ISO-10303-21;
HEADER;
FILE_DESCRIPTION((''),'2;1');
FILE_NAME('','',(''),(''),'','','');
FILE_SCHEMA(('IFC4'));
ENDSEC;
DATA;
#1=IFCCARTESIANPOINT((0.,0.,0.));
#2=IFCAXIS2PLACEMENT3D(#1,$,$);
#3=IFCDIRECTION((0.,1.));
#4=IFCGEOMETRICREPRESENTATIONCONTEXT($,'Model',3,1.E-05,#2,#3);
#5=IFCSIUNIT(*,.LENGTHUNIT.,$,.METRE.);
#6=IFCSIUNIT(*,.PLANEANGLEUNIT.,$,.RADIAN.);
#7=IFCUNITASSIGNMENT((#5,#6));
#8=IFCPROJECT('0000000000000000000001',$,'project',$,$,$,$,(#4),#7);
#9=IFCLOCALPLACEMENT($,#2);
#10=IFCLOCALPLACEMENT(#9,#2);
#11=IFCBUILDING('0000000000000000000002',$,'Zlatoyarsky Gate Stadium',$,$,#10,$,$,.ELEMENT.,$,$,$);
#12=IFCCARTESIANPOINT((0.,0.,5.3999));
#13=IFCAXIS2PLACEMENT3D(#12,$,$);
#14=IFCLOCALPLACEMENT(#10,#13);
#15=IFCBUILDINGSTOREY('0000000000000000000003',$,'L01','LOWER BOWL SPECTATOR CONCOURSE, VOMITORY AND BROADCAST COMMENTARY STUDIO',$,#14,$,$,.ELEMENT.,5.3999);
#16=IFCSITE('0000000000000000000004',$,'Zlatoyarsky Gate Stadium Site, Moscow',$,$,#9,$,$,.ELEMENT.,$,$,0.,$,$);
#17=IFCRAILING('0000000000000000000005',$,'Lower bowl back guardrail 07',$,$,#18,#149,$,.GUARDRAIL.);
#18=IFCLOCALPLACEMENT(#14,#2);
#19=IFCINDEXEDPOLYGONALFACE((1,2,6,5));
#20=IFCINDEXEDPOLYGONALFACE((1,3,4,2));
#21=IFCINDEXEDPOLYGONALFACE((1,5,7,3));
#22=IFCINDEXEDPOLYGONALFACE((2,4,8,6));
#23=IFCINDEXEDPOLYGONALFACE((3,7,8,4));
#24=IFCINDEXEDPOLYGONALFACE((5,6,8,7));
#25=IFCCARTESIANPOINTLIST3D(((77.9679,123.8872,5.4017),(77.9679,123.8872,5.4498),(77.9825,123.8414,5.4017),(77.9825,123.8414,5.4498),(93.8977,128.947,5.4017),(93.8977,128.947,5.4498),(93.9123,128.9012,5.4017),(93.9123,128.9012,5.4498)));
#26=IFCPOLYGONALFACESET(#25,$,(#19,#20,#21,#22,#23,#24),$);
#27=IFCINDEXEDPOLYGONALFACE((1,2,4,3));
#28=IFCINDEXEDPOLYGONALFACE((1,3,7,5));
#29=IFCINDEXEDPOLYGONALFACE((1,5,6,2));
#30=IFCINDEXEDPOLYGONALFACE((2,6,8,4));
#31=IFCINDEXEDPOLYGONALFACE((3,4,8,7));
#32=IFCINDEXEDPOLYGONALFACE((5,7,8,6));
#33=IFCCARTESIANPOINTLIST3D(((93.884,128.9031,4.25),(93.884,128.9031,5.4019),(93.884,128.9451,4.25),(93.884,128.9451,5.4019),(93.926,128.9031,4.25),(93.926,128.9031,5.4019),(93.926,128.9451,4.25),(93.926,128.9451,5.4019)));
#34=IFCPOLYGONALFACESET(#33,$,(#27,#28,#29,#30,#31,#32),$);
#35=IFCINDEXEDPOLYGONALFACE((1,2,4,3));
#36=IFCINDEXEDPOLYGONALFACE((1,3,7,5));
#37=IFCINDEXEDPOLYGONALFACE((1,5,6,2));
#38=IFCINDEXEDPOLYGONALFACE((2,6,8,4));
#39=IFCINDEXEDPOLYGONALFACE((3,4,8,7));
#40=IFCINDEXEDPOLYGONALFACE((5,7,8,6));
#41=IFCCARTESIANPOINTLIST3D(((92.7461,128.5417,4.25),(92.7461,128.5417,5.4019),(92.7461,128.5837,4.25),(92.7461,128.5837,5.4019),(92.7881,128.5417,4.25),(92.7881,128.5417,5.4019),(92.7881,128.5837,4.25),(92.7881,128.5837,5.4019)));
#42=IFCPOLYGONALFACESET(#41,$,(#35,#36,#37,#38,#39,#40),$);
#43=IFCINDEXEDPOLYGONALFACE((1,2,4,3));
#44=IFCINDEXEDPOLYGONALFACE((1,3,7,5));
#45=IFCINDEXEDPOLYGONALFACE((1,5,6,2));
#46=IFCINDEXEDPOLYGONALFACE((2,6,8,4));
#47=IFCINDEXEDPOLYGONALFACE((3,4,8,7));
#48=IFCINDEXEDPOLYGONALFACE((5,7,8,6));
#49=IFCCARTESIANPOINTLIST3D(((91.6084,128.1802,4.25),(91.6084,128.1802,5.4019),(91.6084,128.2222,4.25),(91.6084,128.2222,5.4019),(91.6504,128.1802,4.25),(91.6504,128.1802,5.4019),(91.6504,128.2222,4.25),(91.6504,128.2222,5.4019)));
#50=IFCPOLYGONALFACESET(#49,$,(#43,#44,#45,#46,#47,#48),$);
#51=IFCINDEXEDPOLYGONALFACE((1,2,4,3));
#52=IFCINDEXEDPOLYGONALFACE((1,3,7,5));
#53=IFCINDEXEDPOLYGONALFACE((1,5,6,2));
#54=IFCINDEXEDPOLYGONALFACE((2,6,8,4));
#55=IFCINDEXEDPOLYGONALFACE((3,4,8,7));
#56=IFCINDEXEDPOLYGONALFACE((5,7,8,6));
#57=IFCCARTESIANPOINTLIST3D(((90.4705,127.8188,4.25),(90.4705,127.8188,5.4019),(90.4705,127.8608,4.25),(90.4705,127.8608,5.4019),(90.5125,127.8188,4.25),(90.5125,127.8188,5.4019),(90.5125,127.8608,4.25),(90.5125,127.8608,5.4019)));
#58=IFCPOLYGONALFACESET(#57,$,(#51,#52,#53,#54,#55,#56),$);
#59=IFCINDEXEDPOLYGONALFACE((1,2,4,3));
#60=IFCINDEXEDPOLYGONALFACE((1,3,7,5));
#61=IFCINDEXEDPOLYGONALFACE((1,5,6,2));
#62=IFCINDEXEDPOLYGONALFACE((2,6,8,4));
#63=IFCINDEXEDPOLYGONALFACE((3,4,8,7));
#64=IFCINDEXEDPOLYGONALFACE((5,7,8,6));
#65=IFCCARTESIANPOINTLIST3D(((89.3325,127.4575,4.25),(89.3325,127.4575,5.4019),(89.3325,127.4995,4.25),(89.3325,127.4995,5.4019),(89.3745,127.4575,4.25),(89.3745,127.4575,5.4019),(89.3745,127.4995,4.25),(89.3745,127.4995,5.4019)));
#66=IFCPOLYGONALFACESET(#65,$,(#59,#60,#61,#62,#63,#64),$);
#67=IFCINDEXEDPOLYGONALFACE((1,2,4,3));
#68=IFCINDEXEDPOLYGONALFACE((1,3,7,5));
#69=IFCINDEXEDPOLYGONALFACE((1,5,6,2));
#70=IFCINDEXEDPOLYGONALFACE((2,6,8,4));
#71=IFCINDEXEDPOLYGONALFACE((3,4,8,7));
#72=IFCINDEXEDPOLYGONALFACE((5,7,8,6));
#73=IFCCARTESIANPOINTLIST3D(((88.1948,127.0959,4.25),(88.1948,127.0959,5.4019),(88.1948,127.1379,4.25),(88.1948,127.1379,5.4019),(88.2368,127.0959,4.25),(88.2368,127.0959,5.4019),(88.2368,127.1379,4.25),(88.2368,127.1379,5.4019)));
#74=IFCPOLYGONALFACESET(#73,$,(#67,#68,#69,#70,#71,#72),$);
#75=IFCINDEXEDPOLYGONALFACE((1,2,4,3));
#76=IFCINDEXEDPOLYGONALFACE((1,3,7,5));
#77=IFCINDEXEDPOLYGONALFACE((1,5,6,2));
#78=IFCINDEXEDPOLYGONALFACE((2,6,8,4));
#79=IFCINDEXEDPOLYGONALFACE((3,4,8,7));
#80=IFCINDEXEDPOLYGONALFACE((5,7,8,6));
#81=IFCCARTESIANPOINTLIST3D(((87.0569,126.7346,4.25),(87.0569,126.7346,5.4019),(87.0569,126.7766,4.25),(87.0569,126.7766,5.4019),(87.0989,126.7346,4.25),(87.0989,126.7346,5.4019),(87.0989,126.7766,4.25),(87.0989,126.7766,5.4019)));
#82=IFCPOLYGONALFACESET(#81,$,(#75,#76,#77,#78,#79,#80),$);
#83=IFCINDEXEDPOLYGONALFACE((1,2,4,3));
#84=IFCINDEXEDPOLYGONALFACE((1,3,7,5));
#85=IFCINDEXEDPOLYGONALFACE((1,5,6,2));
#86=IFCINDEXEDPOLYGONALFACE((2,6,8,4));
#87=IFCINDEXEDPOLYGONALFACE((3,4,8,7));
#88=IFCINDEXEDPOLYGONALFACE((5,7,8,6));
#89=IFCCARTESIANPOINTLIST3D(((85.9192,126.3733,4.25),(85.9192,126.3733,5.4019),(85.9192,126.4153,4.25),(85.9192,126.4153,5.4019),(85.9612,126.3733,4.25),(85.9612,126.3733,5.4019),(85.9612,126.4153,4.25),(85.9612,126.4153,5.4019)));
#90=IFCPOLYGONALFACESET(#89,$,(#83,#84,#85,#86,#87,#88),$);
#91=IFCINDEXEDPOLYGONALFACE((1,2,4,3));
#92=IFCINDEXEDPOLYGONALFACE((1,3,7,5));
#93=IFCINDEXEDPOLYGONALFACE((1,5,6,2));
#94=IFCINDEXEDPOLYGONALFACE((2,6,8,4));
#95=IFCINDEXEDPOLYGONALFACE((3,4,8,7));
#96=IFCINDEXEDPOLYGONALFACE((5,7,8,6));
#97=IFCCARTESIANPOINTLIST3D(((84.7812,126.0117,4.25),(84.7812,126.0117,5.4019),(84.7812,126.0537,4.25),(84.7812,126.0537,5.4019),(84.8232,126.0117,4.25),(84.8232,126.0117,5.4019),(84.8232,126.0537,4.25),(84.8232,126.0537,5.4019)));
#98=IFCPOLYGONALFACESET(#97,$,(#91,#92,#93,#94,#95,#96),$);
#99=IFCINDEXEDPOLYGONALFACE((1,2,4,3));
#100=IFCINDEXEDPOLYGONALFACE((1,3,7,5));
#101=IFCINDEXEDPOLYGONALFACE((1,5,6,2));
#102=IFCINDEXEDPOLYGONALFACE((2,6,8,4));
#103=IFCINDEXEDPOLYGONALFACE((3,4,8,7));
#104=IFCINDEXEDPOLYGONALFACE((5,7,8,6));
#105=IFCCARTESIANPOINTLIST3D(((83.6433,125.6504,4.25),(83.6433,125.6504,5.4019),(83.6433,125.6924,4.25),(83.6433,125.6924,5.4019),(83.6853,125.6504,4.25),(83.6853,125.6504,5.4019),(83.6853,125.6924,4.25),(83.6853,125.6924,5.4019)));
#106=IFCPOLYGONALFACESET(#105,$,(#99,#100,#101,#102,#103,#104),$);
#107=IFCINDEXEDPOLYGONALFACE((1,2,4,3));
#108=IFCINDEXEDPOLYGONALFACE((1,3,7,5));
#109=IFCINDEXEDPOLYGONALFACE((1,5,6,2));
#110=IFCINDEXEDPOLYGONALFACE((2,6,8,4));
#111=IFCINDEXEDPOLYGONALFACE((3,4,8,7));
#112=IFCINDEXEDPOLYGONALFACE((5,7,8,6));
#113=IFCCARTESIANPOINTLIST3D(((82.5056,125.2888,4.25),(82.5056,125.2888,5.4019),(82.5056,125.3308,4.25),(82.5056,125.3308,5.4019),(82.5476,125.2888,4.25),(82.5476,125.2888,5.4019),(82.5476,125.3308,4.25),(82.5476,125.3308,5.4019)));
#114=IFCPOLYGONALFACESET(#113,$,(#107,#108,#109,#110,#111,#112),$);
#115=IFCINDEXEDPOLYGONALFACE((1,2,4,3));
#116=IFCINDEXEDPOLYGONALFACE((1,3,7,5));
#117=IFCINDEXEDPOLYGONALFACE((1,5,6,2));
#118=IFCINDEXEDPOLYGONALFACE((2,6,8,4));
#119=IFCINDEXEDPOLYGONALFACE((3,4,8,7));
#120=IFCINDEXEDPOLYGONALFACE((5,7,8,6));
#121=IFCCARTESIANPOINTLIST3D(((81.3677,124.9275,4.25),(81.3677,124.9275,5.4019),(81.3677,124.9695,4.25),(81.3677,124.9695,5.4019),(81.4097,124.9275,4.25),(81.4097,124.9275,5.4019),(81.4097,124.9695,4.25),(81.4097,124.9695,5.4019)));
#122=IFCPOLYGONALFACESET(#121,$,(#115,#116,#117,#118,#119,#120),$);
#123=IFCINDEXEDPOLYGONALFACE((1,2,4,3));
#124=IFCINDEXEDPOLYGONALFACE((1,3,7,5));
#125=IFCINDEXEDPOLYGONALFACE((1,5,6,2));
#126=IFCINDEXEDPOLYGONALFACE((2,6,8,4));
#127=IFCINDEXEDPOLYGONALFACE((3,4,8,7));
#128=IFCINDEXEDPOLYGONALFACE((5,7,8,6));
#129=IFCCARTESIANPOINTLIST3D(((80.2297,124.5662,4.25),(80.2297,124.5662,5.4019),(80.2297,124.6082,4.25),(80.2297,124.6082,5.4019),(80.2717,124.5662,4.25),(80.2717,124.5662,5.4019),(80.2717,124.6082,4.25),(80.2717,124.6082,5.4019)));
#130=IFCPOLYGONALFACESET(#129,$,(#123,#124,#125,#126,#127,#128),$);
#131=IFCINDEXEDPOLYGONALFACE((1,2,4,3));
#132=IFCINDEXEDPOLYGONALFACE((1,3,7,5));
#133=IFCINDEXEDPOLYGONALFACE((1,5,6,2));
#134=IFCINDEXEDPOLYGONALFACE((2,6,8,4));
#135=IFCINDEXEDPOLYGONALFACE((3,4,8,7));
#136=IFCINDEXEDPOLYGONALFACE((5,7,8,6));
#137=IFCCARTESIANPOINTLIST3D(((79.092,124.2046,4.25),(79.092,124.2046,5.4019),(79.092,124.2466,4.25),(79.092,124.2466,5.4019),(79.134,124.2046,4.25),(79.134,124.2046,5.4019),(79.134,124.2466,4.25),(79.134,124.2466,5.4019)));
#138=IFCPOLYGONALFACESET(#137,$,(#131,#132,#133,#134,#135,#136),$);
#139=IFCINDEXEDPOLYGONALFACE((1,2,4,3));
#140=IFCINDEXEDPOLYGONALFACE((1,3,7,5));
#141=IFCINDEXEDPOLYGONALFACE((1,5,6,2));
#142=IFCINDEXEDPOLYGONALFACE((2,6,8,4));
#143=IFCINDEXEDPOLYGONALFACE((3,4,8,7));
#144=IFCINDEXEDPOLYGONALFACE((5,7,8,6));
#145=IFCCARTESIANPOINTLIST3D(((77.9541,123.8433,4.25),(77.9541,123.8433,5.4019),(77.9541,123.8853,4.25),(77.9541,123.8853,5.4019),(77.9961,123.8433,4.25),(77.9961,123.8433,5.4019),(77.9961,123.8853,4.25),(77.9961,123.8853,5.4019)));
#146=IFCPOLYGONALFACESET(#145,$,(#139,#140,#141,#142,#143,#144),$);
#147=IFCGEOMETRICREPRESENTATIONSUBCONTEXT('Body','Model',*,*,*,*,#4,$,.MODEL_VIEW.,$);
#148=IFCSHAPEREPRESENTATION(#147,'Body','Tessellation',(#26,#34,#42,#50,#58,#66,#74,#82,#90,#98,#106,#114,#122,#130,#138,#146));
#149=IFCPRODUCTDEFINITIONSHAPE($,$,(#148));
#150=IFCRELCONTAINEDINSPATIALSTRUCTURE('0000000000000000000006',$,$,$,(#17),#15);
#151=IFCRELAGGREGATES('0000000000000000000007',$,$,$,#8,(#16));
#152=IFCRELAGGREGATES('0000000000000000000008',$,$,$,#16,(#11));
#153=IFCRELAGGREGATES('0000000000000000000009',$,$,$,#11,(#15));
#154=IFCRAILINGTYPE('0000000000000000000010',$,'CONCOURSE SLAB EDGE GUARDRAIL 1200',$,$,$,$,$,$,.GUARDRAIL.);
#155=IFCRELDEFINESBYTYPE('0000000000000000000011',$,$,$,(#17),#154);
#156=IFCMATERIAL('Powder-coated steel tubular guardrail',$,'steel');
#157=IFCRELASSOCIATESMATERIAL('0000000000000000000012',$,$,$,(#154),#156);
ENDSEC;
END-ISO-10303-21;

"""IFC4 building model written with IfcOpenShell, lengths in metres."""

from ifc_helpers import new_model, si_unit, direction, frame, origin, origin_2d, place, context, subcontext, project, spatial, rectangle, extrude, material, type_object, element, save


model = new_model("IFC4")

# Units and contexts
model_context = context("Model", 3, precision=1e-05, world=origin(), true_north=direction((0.0, 1.0)))
body_context = subcontext(model_context, "Body", "Model", "MODEL_VIEW")
ifc_project = project(units=[si_unit("LENGTHUNIT", "METRE"), si_unit("PLANEANGLEUNIT", "RADIAN")], contexts=[model_context])

# Site, building, storey
site_placement = place(None, origin())
site = spatial("IfcSite", under=ifc_project, at=site_placement, Name="Zlatoyarsky Gate Stadium Site, Moscow", CompositionType="ELEMENT", RefElevation=0.0)
building_placement = place(site_placement, origin())
building = spatial("IfcBuilding", under=site, at=building_placement, Name="Zlatoyarsky Gate Stadium", CompositionType="ELEMENT")
storey_placement = place(building_placement, frame((0.0, 0.0, 5.3999)))
storey = spatial("IfcBuildingStorey", under=building, at=storey_placement, Name="L01", Description="LOWER BOWL SPECTATOR CONCOURSE, VOMITORY AND BROADCAST COMMENTARY STUDIO", CompositionType="ELEMENT", Elevation=5.3999)

# Railing
ifc_material_1 = material(Name="Powder-coated steel tubular guardrail", Category="steel")
railing_type_1 = type_object("IfcRailingType", Name="CONCOURSE SLAB EDGE GUARDRAIL 1200", PredefinedType="GUARDRAIL", material=ifc_material_1)
railing_1_placement = place(storey_placement, frame((93.905, 128.9241, 4.25)))
element("IfcRailing", 1, at=railing_1_placement, inside=storey, type_object=railing_type_1, Name="Lower bowl back guardrail 07", PredefinedType="GUARDRAIL", context=body_context, shape_type="SweptSolid", body=[
    extrude(rectangle(XDim=0.0481, YDim=0.0481, at=origin_2d()), frame((0.0, 0.0, 1.1758), z_axis=(-0.953078, -0.302726, 0.0), x_axis=(0.302726, -0.953078, 0.0)), (0.0, 0.0, 1.0), 16.7141),
    extrude(rectangle(XDim=0.042, YDim=0.042, at=origin_2d()), origin(), (0.0, 0.0, 1.0), 1.1519),
    extrude(rectangle(XDim=0.042, YDim=0.042, at=origin_2d()), frame((-1.1379, -0.3613, 0.0)), (0.0, 0.0, 1.0), 1.1519),
    extrude(rectangle(XDim=0.042, YDim=0.042, at=origin_2d()), frame((-2.2756, -0.7229, 0.0)), (0.0, 0.0, 1.0), 1.1519),
    extrude(rectangle(XDim=0.042, YDim=0.042, at=origin_2d()), frame((-3.4136, -1.0842, 0.0)), (0.0, 0.0, 1.0), 1.1519),
    extrude(rectangle(XDim=0.042, YDim=0.042, at=origin_2d()), frame((-4.5515, -1.4456, 0.0)), (0.0, 0.0, 1.0), 1.1519),
    extrude(rectangle(XDim=0.042, YDim=0.042, at=origin_2d()), frame((-5.6892, -1.8071, 0.0)), (0.0, 0.0, 1.0), 1.1519),
    extrude(rectangle(XDim=0.042, YDim=0.042, at=origin_2d()), frame((-6.8271, -2.1685, 0.0)), (0.0, 0.0, 1.0), 1.1519),
    extrude(rectangle(XDim=0.042, YDim=0.042, at=origin_2d()), frame((-7.9648, -2.5298, 0.0)), (0.0, 0.0, 1.0), 1.1519),
    extrude(rectangle(XDim=0.042, YDim=0.042, at=origin_2d()), frame((-9.1028, -2.8914, 0.0)), (0.0, 0.0, 1.0), 1.1519),
    extrude(rectangle(XDim=0.042, YDim=0.042, at=origin_2d()), frame((-10.2407, -3.2527, 0.0)), (0.0, 0.0, 1.0), 1.1519),
    extrude(rectangle(XDim=0.042, YDim=0.042, at=origin_2d()), frame((-11.3784, -3.6143, 0.0)), (0.0, 0.0, 1.0), 1.1519),
    extrude(rectangle(XDim=0.042, YDim=0.042, at=origin_2d()), frame((-12.5164, -3.9756, 0.0)), (0.0, 0.0, 1.0), 1.1519),
    extrude(rectangle(XDim=0.042, YDim=0.042, at=origin_2d()), frame((-13.6543, -4.3369, 0.0)), (0.0, 0.0, 1.0), 1.1519),
    extrude(rectangle(XDim=0.042, YDim=0.042, at=origin_2d()), frame((-14.792, -4.6985, 0.0)), (0.0, 0.0, 1.0), 1.1519),
    extrude(rectangle(XDim=0.042, YDim=0.042, at=origin_2d()), frame((-15.9299, -5.0598, 0.0)), (0.0, 0.0, 1.0), 1.1519),
])

save(model, "model.ifc")
